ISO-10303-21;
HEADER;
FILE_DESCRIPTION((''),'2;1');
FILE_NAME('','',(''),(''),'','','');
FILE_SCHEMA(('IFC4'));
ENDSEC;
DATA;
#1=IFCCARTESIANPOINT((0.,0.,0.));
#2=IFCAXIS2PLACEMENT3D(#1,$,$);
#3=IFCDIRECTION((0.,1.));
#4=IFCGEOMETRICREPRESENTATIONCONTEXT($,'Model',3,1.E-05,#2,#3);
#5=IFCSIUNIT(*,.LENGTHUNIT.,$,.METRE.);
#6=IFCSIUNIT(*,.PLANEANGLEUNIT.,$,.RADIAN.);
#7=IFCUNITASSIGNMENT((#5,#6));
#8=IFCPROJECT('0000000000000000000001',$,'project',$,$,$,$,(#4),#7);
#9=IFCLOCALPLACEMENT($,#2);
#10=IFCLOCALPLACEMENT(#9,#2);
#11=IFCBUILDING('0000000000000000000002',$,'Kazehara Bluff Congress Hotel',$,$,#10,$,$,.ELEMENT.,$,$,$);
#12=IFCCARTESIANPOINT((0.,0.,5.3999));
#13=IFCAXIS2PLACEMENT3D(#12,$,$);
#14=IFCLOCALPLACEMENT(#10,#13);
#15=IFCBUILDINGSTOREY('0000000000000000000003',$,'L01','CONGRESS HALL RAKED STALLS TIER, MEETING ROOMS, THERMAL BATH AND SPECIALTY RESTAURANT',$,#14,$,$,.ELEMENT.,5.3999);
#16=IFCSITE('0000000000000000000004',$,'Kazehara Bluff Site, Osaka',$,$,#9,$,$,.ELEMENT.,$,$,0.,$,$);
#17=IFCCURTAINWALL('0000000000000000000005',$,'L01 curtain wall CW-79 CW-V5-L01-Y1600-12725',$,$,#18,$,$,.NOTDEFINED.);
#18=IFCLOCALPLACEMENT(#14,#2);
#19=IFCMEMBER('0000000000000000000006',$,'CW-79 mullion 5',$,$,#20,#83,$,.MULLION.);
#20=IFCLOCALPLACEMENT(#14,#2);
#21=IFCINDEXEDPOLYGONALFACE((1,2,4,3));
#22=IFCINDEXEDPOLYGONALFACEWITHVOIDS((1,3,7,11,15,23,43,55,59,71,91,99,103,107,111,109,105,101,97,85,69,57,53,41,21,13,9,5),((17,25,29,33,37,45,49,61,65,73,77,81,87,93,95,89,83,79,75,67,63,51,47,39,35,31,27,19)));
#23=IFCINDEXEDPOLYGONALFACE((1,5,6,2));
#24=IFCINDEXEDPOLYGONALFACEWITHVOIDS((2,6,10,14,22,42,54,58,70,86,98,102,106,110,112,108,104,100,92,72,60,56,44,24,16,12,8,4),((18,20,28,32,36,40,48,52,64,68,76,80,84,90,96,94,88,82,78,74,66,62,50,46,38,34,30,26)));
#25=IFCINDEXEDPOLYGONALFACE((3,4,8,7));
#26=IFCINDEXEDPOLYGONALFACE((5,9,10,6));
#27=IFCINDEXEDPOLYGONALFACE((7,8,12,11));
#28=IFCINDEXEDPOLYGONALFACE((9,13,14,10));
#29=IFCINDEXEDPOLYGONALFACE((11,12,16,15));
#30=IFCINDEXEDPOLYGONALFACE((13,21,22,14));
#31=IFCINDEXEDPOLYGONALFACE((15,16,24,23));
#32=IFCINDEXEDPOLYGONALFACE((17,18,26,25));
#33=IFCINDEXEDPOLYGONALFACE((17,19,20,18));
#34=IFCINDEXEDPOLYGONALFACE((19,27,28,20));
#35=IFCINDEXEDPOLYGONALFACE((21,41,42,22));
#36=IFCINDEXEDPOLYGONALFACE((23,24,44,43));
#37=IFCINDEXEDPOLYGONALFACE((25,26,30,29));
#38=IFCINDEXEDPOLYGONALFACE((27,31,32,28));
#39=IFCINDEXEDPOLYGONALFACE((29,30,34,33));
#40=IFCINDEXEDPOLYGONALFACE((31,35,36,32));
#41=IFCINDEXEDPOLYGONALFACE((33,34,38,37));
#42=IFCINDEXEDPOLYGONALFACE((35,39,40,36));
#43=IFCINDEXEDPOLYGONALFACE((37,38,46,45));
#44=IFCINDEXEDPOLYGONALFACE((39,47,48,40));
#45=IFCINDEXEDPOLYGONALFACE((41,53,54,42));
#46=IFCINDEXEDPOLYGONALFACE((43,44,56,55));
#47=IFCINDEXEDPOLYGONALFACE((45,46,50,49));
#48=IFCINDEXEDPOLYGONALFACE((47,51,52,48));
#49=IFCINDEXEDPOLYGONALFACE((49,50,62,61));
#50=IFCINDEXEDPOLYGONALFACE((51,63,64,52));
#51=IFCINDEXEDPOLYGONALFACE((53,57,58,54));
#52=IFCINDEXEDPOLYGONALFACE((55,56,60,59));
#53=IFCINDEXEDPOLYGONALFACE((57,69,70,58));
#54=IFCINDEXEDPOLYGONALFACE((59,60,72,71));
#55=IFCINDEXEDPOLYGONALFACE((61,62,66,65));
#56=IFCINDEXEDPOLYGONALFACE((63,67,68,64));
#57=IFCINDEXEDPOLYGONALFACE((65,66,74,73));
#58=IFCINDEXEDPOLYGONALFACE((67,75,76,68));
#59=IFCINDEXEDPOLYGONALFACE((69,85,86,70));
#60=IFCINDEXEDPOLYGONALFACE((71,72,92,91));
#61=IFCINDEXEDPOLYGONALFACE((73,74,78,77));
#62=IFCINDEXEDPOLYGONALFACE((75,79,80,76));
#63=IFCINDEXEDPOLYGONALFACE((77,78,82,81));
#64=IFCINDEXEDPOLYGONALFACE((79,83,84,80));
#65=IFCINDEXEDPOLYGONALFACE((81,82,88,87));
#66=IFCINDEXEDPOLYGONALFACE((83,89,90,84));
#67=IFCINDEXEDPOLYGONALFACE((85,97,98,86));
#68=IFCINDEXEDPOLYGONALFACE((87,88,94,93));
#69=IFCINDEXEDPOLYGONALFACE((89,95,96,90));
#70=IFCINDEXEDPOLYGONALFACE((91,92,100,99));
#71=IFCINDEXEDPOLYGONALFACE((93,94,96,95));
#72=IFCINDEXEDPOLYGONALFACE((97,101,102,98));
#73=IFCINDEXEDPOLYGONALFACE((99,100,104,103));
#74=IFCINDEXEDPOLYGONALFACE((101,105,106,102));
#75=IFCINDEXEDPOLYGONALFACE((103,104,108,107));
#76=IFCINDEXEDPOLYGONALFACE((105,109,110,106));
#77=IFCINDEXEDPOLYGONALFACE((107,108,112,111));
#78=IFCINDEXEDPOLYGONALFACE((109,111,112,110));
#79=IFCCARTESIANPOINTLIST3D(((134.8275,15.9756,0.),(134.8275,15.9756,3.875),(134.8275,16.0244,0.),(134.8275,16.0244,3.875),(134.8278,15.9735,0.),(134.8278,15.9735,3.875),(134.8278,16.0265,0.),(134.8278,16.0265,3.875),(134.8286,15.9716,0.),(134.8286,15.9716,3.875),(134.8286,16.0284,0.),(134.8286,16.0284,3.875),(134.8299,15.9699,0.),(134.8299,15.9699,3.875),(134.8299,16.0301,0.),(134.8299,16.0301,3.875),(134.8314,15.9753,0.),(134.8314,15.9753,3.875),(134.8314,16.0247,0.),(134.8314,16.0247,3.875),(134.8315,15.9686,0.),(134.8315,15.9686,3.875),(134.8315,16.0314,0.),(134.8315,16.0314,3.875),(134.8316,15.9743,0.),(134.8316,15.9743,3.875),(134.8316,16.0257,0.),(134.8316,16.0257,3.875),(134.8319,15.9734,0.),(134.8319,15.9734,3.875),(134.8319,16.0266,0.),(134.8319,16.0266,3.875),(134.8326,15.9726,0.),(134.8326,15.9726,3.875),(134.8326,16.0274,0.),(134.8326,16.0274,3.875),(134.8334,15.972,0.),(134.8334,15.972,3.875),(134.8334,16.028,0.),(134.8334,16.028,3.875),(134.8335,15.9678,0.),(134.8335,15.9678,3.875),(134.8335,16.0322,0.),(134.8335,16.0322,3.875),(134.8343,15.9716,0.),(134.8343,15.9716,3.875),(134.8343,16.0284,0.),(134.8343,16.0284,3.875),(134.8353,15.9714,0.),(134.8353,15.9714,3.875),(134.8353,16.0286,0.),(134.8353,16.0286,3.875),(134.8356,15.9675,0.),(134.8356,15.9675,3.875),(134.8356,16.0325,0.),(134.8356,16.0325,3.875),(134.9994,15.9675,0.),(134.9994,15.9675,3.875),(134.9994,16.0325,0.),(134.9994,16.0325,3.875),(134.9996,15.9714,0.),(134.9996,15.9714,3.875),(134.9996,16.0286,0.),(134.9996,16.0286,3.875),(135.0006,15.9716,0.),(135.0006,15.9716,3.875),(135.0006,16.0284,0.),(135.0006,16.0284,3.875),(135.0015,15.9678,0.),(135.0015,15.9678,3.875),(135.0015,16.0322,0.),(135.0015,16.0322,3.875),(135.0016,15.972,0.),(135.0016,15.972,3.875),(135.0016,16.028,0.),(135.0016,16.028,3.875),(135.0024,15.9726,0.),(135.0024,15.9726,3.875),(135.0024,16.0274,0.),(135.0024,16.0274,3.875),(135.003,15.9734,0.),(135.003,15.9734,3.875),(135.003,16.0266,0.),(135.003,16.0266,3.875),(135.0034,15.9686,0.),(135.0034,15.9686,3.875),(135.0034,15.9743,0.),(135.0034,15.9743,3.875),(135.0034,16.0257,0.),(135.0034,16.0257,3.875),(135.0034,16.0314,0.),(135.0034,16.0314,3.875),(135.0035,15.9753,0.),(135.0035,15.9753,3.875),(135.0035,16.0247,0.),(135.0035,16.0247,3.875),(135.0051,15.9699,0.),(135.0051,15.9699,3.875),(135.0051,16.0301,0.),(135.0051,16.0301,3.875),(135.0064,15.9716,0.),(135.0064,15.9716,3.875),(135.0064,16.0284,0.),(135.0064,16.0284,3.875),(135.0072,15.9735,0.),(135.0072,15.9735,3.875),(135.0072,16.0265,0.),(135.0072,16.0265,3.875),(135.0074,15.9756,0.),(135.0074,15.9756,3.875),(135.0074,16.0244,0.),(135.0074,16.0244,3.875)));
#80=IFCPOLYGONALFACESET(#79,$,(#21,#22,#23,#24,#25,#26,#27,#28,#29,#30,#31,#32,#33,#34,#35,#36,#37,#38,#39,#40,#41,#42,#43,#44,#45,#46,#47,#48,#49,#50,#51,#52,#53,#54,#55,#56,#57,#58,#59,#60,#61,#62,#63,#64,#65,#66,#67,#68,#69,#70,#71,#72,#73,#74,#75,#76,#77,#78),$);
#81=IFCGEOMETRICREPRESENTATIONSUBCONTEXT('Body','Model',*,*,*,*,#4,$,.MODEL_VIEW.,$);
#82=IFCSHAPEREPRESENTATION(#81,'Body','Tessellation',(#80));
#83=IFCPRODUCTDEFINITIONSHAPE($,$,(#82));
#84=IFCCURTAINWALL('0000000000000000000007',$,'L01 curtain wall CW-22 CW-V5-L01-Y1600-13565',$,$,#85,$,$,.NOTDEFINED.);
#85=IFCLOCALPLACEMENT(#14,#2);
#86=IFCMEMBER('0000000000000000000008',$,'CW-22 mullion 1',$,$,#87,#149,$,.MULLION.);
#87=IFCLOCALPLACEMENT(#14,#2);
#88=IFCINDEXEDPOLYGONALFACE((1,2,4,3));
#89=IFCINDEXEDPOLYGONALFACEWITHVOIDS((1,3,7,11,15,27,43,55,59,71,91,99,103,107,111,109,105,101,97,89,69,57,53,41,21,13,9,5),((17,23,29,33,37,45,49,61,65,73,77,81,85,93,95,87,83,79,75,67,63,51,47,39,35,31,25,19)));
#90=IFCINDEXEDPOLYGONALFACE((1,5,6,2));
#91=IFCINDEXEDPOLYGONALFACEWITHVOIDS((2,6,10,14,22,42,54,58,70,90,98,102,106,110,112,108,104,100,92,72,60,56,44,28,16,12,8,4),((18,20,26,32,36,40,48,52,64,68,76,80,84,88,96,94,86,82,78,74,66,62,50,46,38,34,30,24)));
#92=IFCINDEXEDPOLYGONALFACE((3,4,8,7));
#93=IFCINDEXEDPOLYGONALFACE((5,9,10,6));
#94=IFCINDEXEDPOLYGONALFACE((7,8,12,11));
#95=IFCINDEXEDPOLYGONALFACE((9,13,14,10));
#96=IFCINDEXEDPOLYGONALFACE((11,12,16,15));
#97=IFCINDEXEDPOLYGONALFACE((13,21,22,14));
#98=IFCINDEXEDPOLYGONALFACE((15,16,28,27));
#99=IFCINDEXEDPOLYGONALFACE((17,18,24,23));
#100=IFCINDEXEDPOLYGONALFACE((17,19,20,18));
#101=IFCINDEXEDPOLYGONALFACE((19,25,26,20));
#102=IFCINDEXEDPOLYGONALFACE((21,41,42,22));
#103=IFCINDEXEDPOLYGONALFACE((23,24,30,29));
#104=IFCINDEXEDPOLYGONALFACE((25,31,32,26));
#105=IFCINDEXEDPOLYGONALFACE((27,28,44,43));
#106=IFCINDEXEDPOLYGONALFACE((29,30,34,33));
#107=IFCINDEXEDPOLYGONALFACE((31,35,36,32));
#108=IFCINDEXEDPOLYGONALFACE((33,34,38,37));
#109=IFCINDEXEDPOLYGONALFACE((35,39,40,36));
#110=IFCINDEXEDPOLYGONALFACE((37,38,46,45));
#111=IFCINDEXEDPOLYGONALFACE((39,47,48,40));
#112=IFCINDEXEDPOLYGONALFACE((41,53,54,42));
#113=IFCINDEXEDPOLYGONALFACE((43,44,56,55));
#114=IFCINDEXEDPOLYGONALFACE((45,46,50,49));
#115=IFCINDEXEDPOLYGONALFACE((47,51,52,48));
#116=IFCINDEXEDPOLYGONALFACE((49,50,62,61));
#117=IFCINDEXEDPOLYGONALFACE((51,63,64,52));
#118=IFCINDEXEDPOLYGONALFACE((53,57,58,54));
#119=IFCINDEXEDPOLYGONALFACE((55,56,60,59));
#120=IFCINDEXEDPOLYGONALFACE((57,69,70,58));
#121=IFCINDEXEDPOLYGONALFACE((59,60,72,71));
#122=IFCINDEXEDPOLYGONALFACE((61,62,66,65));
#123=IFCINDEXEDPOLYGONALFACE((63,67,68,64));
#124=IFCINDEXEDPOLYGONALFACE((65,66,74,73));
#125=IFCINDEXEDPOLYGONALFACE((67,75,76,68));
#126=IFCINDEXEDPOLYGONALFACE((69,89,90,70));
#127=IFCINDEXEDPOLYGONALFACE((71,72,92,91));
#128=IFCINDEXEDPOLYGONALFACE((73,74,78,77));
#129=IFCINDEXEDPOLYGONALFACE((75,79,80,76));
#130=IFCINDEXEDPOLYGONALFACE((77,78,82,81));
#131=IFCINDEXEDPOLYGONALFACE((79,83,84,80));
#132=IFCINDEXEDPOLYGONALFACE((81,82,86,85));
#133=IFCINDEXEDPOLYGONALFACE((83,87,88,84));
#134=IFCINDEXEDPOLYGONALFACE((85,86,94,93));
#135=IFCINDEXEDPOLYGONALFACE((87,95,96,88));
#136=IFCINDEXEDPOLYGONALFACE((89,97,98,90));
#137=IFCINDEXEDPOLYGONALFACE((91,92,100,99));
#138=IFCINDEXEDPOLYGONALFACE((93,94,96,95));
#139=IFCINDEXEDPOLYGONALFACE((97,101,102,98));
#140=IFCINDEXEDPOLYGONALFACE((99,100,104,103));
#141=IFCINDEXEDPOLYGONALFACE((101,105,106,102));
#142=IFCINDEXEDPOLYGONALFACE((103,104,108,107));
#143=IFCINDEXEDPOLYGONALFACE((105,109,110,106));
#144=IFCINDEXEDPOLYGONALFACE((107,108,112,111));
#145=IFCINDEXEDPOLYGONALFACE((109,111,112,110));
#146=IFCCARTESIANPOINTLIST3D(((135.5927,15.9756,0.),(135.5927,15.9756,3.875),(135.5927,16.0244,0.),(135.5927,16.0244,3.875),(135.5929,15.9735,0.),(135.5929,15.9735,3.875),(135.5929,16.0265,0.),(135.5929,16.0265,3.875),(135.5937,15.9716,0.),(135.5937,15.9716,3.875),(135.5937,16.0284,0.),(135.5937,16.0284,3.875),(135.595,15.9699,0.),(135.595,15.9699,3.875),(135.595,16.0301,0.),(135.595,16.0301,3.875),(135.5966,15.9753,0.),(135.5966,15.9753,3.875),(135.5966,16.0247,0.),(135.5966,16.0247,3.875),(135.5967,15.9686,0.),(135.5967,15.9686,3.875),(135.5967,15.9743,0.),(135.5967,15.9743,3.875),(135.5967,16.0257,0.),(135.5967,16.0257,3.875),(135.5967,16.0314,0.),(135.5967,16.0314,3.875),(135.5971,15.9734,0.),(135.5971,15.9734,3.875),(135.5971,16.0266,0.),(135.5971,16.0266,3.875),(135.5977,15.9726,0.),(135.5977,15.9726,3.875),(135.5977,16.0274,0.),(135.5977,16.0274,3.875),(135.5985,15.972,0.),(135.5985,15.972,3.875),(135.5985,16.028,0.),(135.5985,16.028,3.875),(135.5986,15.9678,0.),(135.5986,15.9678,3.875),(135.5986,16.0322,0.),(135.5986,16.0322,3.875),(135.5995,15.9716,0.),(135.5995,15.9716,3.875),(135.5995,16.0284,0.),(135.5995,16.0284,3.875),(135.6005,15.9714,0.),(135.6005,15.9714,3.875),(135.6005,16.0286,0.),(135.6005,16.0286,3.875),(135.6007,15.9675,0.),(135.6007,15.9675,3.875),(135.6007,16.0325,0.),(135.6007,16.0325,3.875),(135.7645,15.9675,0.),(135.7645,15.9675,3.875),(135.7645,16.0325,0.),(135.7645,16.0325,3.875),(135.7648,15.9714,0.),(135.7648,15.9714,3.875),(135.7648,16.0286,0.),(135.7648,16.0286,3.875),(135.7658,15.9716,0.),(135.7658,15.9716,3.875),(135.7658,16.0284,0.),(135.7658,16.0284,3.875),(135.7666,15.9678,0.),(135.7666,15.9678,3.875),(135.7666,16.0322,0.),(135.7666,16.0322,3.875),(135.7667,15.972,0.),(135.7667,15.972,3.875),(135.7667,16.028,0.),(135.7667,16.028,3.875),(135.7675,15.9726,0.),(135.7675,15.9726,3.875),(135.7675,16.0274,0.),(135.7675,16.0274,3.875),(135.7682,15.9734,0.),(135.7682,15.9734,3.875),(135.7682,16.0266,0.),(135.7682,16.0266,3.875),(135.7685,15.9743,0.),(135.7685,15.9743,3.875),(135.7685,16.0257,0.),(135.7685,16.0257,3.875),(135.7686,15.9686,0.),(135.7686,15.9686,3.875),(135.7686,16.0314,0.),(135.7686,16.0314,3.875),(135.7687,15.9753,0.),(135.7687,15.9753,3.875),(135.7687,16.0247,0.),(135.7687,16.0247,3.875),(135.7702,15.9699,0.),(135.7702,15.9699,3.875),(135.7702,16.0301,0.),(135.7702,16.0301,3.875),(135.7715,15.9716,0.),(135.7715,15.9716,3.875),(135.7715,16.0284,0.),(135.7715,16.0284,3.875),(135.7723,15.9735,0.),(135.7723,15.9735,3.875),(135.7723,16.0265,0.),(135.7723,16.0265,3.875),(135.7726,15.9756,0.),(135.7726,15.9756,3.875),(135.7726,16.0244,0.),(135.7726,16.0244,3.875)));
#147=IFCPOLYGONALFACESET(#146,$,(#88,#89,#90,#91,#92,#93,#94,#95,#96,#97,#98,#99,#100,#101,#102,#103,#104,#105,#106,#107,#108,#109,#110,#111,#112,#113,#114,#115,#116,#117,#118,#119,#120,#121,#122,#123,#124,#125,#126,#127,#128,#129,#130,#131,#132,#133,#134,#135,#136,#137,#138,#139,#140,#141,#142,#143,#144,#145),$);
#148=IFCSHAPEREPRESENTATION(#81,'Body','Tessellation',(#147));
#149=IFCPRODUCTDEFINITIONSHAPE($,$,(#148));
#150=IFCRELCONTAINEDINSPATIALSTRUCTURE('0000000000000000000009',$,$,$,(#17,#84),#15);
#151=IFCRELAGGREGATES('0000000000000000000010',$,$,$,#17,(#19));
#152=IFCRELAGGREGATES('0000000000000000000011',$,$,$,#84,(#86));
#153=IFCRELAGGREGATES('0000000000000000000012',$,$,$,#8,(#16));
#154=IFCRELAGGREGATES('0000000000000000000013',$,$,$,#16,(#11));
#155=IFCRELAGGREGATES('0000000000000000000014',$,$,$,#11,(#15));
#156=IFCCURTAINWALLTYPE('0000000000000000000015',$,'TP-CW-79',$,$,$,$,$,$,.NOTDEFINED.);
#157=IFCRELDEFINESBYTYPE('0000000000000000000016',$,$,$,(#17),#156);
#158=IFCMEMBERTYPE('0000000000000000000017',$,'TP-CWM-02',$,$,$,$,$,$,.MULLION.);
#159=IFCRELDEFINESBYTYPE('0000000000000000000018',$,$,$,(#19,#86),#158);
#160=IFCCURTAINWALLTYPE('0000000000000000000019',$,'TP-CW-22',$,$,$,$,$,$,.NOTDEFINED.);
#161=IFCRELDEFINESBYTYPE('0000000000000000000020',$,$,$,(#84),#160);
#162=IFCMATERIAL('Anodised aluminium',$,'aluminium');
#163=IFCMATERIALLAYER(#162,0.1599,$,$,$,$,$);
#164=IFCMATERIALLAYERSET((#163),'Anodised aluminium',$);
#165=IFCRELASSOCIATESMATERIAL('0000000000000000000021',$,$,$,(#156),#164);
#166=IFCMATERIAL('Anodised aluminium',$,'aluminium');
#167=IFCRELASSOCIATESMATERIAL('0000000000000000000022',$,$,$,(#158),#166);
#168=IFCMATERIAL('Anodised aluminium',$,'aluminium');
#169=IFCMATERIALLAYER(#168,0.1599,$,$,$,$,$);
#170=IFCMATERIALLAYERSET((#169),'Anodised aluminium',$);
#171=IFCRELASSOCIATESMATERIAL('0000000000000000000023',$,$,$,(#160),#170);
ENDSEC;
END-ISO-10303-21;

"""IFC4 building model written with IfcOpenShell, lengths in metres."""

from ifc_helpers import new_model, si_unit, direction, frame, origin, origin_2d, place, context, subcontext, project, spatial, hollow_rectangle, extrude, material, layer, layer_set, material_profile, profile_set, type_object, element, aggregate, save


model = new_model("IFC4")

# Units and contexts
model_context = context("Model", 3, precision=1e-05, world=origin(), true_north=direction((0.0, 1.0)))
body_context = subcontext(model_context, "Body", "Model", "MODEL_VIEW")
ifc_project = project(units=[si_unit("LENGTHUNIT", "METRE"), si_unit("PLANEANGLEUNIT", "RADIAN")], contexts=[model_context])

# Site, building, storey
site_placement = place(None, origin())
site = spatial("IfcSite", under=ifc_project, at=site_placement, Name="Kazehara Bluff Site, Osaka", CompositionType="ELEMENT", RefElevation=0.0)
building_placement = place(site_placement, origin())
building = spatial("IfcBuilding", under=site, at=building_placement, Name="Kazehara Bluff Congress Hotel", CompositionType="ELEMENT")
storey_placement = place(building_placement, frame((0.0, 0.0, 5.3999)))
storey = spatial("IfcBuildingStorey", under=building, at=storey_placement, Name="L01", Description="CONGRESS HALL RAKED STALLS TIER, MEETING ROOMS, THERMAL BATH AND SPECIALTY RESTAURANT", CompositionType="ELEMENT", Elevation=5.3999)

# Curtain walls, members
ifc_material_1 = material(Name="Anodised aluminium", Category="aluminium")
ifc_layer_1 = layer(ifc_material_1, 0.1599)
ifc_layer_set_1 = layer_set([ifc_layer_1], Name="Anodised aluminium")
curtain_wall_type_1 = type_object("IfcCurtainWallType", Name="TP-CW-79", PredefinedType="NOTDEFINED", material=ifc_layer_set_1)
curtain_wall_1_placement = place(storey_placement, origin())
curtain_wall_1 = element("IfcCurtainWall", 1, at=curtain_wall_1_placement, inside=storey, type_object=curtain_wall_type_1, Name="L01 curtain wall CW-79 CW-V5-L01-Y1600-12725", PredefinedType="NOTDEFINED")
ifc_material_2 = material(Name="Anodised aluminium", Category="aluminium")
ifc_material_profile_1 = material_profile(ifc_material_2, hollow_rectangle(XDim=0.0649, YDim=0.1799, WallThickness=0.0039, InnerFilletRadius=0.0039, OuterFilletRadius=0.0081, at=origin_2d()))
ifc_profile_set_1 = profile_set([ifc_material_profile_1], Name="Anodised aluminium")
member_type_1 = type_object("IfcMemberType", Name="TP-CWM-02", PredefinedType="MULLION", material=ifc_profile_set_1)
member_1_placement = place(storey_placement, frame((134.9175, 16.0, 0.0), z_axis=(0.0, 0.0, 1.0), x_axis=(0.0, 1.0, 0.0)))
member_1 = element("IfcMember", 2, at=member_1_placement, type_object=member_type_1, Name="CW-79 mullion 5", PredefinedType="MULLION", context=body_context, shape_type="SweptSolid", body=[
    extrude(hollow_rectangle(XDim=0.0649, YDim=0.1799, WallThickness=0.0039, InnerFilletRadius=0.0039, OuterFilletRadius=0.0081, at=origin_2d()), origin(), (0.0, 0.0, 1.0), 3.875),
])
ifc_material_3 = material(Name="Anodised aluminium", Category="aluminium")
ifc_layer_2 = layer(ifc_material_3, 0.1599)
ifc_layer_set_2 = layer_set([ifc_layer_2], Name="Anodised aluminium")
curtain_wall_type_2 = type_object("IfcCurtainWallType", Name="TP-CW-22", PredefinedType="NOTDEFINED", material=ifc_layer_set_2)
curtain_wall_2_placement = place(storey_placement, origin())
curtain_wall_2 = element("IfcCurtainWall", 3, at=curtain_wall_2_placement, inside=storey, type_object=curtain_wall_type_2, Name="L01 curtain wall CW-22 CW-V5-L01-Y1600-13565", PredefinedType="NOTDEFINED")
member_2_placement = place(storey_placement, frame((135.6826, 16.0, 0.0), z_axis=(0.0, 0.0, 1.0), x_axis=(0.0, 1.0, 0.0)))
member_2 = element("IfcMember", 4, at=member_2_placement, type_object=member_type_1, Name="CW-22 mullion 1", PredefinedType="MULLION", context=body_context, shape_type="SweptSolid", body=[
    extrude(hollow_rectangle(XDim=0.0649, YDim=0.1799, WallThickness=0.0039, InnerFilletRadius=0.0039, OuterFilletRadius=0.0081, at=origin_2d()), origin(), (0.0, 0.0, 1.0), 3.875),
])

aggregate(curtain_wall_1, [member_1])
aggregate(curtain_wall_2, [member_2])

save(model, "model.ifc")
